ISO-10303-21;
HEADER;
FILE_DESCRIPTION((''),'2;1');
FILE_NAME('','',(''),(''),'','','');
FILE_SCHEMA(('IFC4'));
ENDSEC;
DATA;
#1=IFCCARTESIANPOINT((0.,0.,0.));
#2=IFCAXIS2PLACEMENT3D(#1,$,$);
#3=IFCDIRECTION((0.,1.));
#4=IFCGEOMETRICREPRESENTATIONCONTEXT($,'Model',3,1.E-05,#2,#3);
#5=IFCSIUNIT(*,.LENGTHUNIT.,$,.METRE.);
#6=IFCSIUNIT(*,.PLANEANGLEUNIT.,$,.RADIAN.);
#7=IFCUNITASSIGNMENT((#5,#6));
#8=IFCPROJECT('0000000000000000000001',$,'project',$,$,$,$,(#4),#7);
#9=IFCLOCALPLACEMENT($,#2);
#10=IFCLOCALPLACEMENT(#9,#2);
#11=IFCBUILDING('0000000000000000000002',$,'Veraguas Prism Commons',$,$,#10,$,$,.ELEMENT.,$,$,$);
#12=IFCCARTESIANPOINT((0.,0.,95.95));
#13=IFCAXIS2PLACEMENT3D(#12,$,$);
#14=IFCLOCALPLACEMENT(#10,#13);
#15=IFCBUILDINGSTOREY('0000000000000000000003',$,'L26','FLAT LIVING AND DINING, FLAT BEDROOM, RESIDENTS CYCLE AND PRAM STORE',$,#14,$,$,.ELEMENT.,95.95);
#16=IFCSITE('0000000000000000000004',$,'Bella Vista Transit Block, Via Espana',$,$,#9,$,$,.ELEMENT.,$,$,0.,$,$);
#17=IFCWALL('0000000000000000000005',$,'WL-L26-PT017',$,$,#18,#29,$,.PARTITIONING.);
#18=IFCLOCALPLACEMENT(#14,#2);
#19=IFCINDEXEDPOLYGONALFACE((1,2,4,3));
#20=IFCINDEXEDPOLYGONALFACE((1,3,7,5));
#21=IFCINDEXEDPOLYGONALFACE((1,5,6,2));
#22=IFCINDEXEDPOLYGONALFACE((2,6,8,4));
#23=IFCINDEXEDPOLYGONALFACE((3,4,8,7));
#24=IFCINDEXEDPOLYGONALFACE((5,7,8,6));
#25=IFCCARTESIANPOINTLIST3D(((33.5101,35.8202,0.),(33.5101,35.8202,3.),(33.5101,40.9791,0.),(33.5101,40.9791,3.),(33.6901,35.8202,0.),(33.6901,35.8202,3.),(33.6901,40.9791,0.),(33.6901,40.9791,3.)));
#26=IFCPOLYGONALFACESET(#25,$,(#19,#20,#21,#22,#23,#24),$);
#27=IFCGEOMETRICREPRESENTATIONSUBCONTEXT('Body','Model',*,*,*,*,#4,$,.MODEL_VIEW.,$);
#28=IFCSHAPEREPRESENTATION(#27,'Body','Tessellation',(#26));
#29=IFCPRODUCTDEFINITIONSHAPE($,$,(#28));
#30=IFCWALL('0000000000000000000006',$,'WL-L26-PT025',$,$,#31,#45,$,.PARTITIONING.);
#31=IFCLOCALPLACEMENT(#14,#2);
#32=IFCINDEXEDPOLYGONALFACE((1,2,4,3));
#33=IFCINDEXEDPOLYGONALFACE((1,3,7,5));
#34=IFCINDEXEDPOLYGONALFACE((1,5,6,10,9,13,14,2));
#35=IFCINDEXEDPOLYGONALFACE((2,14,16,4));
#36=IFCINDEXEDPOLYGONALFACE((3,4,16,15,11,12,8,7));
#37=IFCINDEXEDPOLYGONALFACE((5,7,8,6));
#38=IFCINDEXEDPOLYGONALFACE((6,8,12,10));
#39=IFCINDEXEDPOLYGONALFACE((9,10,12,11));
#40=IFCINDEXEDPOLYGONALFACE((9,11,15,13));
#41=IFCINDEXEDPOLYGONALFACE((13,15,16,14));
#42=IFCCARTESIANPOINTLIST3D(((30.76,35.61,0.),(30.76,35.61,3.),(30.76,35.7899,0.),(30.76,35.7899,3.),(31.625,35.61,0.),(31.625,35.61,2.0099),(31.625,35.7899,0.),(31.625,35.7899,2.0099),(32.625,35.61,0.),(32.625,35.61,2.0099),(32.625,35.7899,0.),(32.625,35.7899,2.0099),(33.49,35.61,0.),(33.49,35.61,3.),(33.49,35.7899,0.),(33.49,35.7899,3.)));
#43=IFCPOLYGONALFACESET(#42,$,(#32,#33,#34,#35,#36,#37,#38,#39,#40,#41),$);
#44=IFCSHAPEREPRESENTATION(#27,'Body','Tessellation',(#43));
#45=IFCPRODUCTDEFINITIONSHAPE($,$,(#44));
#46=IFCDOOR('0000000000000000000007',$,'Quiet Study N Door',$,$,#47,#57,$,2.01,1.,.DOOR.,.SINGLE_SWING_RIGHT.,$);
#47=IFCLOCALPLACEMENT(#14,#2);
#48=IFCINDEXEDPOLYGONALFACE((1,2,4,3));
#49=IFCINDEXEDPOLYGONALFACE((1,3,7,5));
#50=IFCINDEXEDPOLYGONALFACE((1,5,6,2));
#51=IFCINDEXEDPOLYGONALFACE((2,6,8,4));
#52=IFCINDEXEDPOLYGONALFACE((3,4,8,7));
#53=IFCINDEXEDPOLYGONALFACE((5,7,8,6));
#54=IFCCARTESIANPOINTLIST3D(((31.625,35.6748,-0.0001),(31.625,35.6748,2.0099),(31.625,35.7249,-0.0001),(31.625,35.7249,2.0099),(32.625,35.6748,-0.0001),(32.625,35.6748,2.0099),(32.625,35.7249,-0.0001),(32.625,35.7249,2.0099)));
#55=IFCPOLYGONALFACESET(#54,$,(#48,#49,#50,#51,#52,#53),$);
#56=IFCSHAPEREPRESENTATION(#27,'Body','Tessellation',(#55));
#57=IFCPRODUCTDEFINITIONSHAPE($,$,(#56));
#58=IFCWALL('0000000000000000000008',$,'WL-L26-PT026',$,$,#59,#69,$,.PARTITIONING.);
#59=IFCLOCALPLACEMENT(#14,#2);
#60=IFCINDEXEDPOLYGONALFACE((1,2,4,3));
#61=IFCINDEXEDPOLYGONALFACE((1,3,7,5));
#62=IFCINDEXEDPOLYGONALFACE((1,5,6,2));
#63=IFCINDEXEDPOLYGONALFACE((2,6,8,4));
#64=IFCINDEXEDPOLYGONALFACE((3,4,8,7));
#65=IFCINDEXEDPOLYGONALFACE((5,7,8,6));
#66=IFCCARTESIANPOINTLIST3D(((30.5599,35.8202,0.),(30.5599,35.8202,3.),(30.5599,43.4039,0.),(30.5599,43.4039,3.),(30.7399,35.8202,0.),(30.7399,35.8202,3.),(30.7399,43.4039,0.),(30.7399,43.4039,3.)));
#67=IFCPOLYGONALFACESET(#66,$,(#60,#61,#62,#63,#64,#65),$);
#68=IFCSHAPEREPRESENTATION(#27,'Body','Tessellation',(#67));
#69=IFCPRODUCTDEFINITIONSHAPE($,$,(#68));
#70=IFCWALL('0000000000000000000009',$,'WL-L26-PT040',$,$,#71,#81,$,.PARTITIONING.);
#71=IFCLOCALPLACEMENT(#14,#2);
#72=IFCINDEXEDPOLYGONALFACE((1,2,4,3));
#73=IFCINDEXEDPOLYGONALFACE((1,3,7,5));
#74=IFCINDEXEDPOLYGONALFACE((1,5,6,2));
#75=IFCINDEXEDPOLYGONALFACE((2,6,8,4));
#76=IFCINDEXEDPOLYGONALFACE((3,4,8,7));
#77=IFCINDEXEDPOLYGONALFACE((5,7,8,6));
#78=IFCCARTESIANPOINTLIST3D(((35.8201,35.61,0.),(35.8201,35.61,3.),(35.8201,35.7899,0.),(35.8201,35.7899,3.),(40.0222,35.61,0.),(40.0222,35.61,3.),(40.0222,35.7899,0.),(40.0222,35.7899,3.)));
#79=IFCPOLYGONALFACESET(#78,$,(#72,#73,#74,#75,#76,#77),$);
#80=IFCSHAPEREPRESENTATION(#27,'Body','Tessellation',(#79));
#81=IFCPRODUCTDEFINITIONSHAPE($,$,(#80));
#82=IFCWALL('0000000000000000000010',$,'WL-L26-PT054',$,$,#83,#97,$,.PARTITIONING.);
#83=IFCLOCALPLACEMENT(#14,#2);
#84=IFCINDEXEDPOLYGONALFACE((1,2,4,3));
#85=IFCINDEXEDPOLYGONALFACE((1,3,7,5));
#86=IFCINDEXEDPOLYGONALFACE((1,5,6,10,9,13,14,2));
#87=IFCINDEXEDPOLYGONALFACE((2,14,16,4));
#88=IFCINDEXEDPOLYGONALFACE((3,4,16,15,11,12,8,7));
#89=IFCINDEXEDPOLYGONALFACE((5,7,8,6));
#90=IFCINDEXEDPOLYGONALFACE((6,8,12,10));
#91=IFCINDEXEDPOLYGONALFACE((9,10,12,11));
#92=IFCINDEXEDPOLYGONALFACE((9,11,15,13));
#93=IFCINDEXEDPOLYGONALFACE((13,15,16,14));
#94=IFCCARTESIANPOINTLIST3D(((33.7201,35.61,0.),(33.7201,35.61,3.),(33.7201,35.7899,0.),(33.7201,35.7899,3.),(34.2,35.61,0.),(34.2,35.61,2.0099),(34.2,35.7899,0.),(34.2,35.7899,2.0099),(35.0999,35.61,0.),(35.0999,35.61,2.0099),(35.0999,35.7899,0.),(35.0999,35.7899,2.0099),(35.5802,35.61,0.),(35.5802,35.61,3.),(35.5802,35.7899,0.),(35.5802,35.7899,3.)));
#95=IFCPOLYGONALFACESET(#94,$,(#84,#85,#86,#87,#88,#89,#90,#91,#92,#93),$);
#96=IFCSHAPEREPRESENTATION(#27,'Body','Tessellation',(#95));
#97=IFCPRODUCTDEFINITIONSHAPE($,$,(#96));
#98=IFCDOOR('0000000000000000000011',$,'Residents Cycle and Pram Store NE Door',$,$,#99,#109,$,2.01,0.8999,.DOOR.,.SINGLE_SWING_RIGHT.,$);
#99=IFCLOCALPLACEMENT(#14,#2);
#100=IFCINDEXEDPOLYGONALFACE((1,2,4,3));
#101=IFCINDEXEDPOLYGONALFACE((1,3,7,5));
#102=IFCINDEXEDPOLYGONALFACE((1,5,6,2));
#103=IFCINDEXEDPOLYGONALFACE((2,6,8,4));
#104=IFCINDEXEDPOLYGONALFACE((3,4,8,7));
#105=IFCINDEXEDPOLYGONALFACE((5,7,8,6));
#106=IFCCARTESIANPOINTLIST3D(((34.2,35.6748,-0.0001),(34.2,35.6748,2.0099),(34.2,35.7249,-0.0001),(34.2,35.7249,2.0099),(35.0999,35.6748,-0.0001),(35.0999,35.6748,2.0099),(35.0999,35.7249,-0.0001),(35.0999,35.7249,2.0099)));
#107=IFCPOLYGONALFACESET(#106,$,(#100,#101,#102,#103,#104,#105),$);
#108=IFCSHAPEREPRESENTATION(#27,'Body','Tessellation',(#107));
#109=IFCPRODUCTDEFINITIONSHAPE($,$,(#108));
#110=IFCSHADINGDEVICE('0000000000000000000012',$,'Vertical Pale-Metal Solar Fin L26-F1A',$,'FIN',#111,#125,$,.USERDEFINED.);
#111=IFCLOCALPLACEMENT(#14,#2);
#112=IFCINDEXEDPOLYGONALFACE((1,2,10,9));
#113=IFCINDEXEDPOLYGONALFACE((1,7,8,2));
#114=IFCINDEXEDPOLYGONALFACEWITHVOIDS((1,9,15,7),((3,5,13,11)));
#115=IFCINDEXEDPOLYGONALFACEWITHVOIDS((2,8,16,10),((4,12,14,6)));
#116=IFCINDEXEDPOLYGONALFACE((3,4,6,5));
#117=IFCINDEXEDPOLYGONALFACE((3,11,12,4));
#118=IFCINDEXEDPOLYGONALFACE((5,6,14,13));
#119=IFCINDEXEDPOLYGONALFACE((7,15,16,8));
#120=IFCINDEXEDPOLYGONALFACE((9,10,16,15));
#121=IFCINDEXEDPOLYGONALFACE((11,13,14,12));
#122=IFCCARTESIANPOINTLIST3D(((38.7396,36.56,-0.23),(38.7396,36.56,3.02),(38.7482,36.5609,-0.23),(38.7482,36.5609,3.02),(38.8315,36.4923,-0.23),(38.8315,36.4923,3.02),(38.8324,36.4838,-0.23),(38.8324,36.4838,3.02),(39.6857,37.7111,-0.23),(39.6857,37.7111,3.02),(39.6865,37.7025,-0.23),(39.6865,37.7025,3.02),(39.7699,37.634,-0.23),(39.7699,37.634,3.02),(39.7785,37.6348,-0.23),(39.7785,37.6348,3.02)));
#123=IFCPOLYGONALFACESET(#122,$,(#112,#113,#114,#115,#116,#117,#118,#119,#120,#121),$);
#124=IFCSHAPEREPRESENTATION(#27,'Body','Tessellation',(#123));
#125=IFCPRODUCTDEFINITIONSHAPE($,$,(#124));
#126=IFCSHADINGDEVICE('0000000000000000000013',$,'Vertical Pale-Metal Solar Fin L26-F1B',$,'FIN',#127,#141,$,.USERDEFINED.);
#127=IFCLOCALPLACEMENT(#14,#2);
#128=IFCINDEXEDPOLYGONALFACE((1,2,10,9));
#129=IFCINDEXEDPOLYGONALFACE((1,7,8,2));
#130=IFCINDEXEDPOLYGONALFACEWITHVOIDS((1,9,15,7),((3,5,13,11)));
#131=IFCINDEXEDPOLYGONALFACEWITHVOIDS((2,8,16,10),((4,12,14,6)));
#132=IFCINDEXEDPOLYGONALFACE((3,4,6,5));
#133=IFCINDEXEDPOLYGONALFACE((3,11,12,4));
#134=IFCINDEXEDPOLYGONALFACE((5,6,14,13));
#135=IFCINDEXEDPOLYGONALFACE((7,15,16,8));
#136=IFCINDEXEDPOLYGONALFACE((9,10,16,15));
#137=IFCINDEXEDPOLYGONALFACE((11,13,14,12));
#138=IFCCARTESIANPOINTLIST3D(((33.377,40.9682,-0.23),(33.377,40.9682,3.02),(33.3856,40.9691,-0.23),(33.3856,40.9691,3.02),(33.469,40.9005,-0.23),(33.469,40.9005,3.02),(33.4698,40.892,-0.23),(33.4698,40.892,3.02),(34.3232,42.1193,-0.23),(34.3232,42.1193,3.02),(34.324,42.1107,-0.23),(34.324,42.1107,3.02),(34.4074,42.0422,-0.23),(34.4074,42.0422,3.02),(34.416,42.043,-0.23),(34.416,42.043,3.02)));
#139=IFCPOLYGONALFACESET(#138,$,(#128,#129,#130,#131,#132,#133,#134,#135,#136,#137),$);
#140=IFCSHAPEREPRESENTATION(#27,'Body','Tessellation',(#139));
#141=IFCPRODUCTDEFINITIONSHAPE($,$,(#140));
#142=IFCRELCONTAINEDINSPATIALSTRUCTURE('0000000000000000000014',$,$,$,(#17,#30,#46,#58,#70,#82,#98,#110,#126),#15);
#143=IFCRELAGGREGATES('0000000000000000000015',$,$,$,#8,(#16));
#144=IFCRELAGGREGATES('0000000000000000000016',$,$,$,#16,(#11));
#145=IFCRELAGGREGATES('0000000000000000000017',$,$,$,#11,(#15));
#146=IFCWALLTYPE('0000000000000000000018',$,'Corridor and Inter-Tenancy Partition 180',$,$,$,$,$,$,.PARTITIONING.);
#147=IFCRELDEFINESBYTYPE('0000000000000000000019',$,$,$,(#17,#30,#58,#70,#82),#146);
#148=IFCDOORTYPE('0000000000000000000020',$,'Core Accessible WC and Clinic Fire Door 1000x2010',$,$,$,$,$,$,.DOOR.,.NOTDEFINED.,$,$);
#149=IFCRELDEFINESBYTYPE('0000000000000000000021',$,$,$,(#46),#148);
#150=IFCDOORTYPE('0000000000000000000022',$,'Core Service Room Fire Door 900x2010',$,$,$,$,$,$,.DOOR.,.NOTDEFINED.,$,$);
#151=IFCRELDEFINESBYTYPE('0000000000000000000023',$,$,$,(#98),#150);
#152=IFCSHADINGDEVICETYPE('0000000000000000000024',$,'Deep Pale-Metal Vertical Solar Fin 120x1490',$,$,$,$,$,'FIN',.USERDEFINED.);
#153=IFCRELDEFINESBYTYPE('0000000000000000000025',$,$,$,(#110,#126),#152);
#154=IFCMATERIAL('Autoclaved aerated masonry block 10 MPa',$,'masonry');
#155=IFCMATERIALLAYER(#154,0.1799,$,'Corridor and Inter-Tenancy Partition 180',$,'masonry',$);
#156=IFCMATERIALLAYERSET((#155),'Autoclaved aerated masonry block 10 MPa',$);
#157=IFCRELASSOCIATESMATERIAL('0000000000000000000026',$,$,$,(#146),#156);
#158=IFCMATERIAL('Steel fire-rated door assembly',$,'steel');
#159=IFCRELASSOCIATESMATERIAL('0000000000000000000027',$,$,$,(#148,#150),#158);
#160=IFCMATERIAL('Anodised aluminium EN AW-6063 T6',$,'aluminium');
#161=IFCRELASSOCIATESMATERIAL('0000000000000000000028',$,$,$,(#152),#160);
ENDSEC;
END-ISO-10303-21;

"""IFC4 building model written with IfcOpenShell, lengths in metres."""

from ifc_helpers import new_model, si_unit, direction, frame, frame_2d, origin, origin_2d, place, context, subcontext, project, spatial, rectangle, hollow_rectangle, extrude, source, transform, mapped, material, layer, layer_set, material_profile, profile_set, type_object, element, fill, save


model = new_model("IFC4")

# Units and contexts
model_context = context("Model", 3, precision=1e-05, world=origin(), true_north=direction((0.0, 1.0)))
body_context = subcontext(model_context, "Body", "Model", "MODEL_VIEW")
ifc_project = project(units=[si_unit("LENGTHUNIT", "METRE"), si_unit("PLANEANGLEUNIT", "RADIAN")], contexts=[model_context])

# Site, building, storey
site_placement = place(None, origin())
site = spatial("IfcSite", under=ifc_project, at=site_placement, Name="Bella Vista Transit Block, Via Espana", CompositionType="ELEMENT", RefElevation=0.0)
building_placement = place(site_placement, origin())
building = spatial("IfcBuilding", under=site, at=building_placement, Name="Veraguas Prism Commons", CompositionType="ELEMENT")
storey_placement = place(building_placement, frame((0.0, 0.0, 95.95)))
storey = spatial("IfcBuildingStorey", under=building, at=storey_placement, Name="L26", Description="FLAT LIVING AND DINING, FLAT BEDROOM, RESIDENTS CYCLE AND PRAM STORE", CompositionType="ELEMENT", Elevation=95.95)

# Shared definitions
ifc_material_1 = material(Name="Anodised aluminium EN AW-6063 T6", Category="aluminium")

# Wall
ifc_material_2 = material(Name="Autoclaved aerated masonry block 10 MPa", Category="masonry")
ifc_layer_1 = layer(ifc_material_2, 0.1799, Name="Corridor and Inter-Tenancy Partition 180", Category="masonry")
ifc_layer_set_1 = layer_set([ifc_layer_1], Name="Autoclaved aerated masonry block 10 MPa")
wall_type = type_object("IfcWallType", Name="Corridor and Inter-Tenancy Partition 180", PredefinedType="PARTITIONING", material=ifc_layer_set_1)
wall_1_placement = place(storey_placement, frame((33.6001, 35.8201, 0.0), z_axis=(0.0, 0.0, 1.0), x_axis=(0.0, 1.0, 0.0)))
element("IfcWall", 1, at=wall_1_placement, inside=storey, type_object=wall_type, Name="WL-L26-PT017", PredefinedType="PARTITIONING", context=body_context, shape_type="SweptSolid", body=[
    extrude(rectangle(XDim=5.1589, YDim=0.1799, at=frame_2d((2.5796, 0.0))), origin(), (0.0, 0.0, 1.0), 3.0),
])

# Wall, opening, door
wall_2_placement = place(storey_placement, frame((30.76, 35.7, 0.0), z_axis=(0.0, 0.0, 1.0), x_axis=(1.0, 0.0, 0.0)))
wall_2 = element("IfcWall", 2, at=wall_2_placement, inside=storey, type_object=wall_type, Name="WL-L26-PT025", PredefinedType="PARTITIONING", context=body_context, shape_type="SweptSolid", body=[
    extrude(rectangle(XDim=2.73, YDim=0.1799, at=frame_2d((1.365, 0.0))), origin(), (0.0, 0.0, 1.0), 3.0),
])
opening_1_placement = place(wall_2_placement, frame((0.865, 0.0, 0.0)))
opening_1 = element("IfcOpeningElement", 3, at=opening_1_placement, cuts=wall_2, PredefinedType="OPENING", context=body_context, shape_type="SweptSolid", body=[
    extrude(rectangle(XDim=1.0, YDim=2.01, at=frame_2d((0.5, 1.0049))), frame((0.0, 0.0999, 0.0), z_axis=(0.0, -1.0, 0.0), x_axis=(1.0, 0.0, 0.0)), (0.0, 0.0, 1.0), 0.2),
])
ifc_material_3 = material(Name="Steel fire-rated door assembly", Category="steel")
door_type_1 = type_object("IfcDoorType", Name="Core Accessible WC and Clinic Fire Door 1000x2010", OperationType="NOTDEFINED", PredefinedType="DOOR", material=ifc_material_3)
shared_shape_1 = source(origin(), body_context, "Body", "SweptSolid", [
    extrude(rectangle(XDim=1.0, YDim=2.01, at=frame_2d((0.5, 1.0049))), frame((0.0, 0.0249, 0.0), z_axis=(0.0, -1.0, 0.0), x_axis=(1.0, 0.0, 0.0)), (0.0, 0.0, 1.0), 0.05),
])
door_1_placement = place(opening_1_placement, origin())
door_1 = element("IfcDoor", 4, at=door_1_placement, inside=storey, type_object=door_type_1, Name="Quiet Study N Door", OperationType="SINGLE_SWING_RIGHT", OverallHeight=2.01, OverallWidth=1.0, PredefinedType="DOOR", context=body_context, shape_type="MappedRepresentation", body=[
    mapped(shared_shape_1, transform((0.0, 0.0, 0.0), scale=1.0)),
])
fill(opening_1, door_1)

# Walls
wall_3_placement = place(storey_placement, frame((30.6499, 35.8201, 0.0), z_axis=(0.0, 0.0, 1.0), x_axis=(0.0, 1.0, 0.0)))
element("IfcWall", 5, at=wall_3_placement, inside=storey, type_object=wall_type, Name="WL-L26-PT026", PredefinedType="PARTITIONING", context=body_context, shape_type="SweptSolid", body=[
    extrude(rectangle(XDim=7.5837, YDim=0.1799, at=frame_2d((3.792, 0.0))), origin(), (0.0, 0.0, 1.0), 3.0),
])
wall_4_placement = place(storey_placement, frame((35.8201, 35.7, 0.0), z_axis=(0.0, 0.0, 1.0), x_axis=(1.0, 0.0, 0.0)))
element("IfcWall", 6, at=wall_4_placement, inside=storey, type_object=wall_type, Name="WL-L26-PT040", PredefinedType="PARTITIONING", context=body_context, shape_type="SweptSolid", body=[
    extrude(rectangle(XDim=4.2021, YDim=0.1799, at=frame_2d((2.1011, 0.0))), origin(), (0.0, 0.0, 1.0), 3.0),
])

# Wall, opening, door
wall_5_placement = place(storey_placement, frame((33.72, 35.7, 0.0), z_axis=(0.0, 0.0, 1.0), x_axis=(1.0, 0.0, 0.0)))
wall_5 = element("IfcWall", 7, at=wall_5_placement, inside=storey, type_object=wall_type, Name="WL-L26-PT054", PredefinedType="PARTITIONING", context=body_context, shape_type="SweptSolid", body=[
    extrude(rectangle(XDim=1.8601, YDim=0.1799, at=frame_2d((0.9302, 0.0))), origin(), (0.0, 0.0, 1.0), 3.0),
])
opening_2_placement = place(wall_5_placement, frame((0.48, 0.0, 0.0)))
opening_2 = element("IfcOpeningElement", 8, at=opening_2_placement, cuts=wall_5, PredefinedType="OPENING", context=body_context, shape_type="SweptSolid", body=[
    extrude(rectangle(XDim=0.8999, YDim=2.01, at=frame_2d((0.45, 1.0049))), frame((0.0, 0.0999, 0.0), z_axis=(0.0, -1.0, 0.0), x_axis=(1.0, 0.0, 0.0)), (0.0, 0.0, 1.0), 0.2),
])
door_type_2 = type_object("IfcDoorType", Name="Core Service Room Fire Door 900x2010", OperationType="NOTDEFINED", PredefinedType="DOOR", material=ifc_material_3)
shared_shape_2 = source(origin(), body_context, "Body", "SweptSolid", [
    extrude(rectangle(XDim=0.8999, YDim=2.01, at=frame_2d((0.45, 1.0049))), frame((0.0, 0.0249, 0.0), z_axis=(0.0, -1.0, 0.0), x_axis=(1.0, 0.0, 0.0)), (0.0, 0.0, 1.0), 0.05),
])
door_2_placement = place(opening_2_placement, origin())
door_2 = element("IfcDoor", 9, at=door_2_placement, inside=storey, type_object=door_type_2, Name="Residents Cycle and Pram Store NE Door", OperationType="SINGLE_SWING_RIGHT", OverallHeight=2.01, OverallWidth=0.8999, PredefinedType="DOOR", context=body_context, shape_type="MappedRepresentation", body=[
    mapped(shared_shape_2, transform((0.0, 0.0, 0.0), scale=1.0)),
])
fill(opening_2, door_2)

# Shading devices
ifc_material_profile_1 = material_profile(ifc_material_1, hollow_rectangle(XDim=0.1201, YDim=1.49, WallThickness=0.0061, at=origin_2d()), Name="FIN120X1490X6")
ifc_profile_set_1 = profile_set([ifc_material_profile_1], Name="Anodised aluminium EN AW-6063 T6")
shading_device_type = type_object("IfcShadingDeviceType", Name="Deep Pale-Metal Vertical Solar Fin 120x1490", ElementType="FIN", PredefinedType="USERDEFINED", material=ifc_profile_set_1)
for number, where, z_axis, x_axis, name in (
    (10, (39.259, 37.0974, -0.23), (0.0, 0.0, 1.0), (-0.772514, 0.634998, 0.0), "Vertical Pale-Metal Solar Fin L26-F1A"),
    (11, (33.8965, 41.5056, -0.23), (0.0, 0.0, 1.0), (-0.772514, 0.634998, 0.0), "Vertical Pale-Metal Solar Fin L26-F1B"),
):
    element("IfcShadingDevice", number, at=place(storey_placement, frame(where, z_axis=z_axis, x_axis=x_axis)), inside=storey, type_object=shading_device_type, Name=name, ObjectType="FIN", PredefinedType="USERDEFINED", context=body_context, shape_type="SweptSolid", body=[
        extrude(hollow_rectangle(XDim=0.1201, YDim=1.49, WallThickness=0.0061, at=origin_2d()), origin(), (0.0, 0.0, 1.0), 3.25),
    ])

save(model, "model.ifc")
